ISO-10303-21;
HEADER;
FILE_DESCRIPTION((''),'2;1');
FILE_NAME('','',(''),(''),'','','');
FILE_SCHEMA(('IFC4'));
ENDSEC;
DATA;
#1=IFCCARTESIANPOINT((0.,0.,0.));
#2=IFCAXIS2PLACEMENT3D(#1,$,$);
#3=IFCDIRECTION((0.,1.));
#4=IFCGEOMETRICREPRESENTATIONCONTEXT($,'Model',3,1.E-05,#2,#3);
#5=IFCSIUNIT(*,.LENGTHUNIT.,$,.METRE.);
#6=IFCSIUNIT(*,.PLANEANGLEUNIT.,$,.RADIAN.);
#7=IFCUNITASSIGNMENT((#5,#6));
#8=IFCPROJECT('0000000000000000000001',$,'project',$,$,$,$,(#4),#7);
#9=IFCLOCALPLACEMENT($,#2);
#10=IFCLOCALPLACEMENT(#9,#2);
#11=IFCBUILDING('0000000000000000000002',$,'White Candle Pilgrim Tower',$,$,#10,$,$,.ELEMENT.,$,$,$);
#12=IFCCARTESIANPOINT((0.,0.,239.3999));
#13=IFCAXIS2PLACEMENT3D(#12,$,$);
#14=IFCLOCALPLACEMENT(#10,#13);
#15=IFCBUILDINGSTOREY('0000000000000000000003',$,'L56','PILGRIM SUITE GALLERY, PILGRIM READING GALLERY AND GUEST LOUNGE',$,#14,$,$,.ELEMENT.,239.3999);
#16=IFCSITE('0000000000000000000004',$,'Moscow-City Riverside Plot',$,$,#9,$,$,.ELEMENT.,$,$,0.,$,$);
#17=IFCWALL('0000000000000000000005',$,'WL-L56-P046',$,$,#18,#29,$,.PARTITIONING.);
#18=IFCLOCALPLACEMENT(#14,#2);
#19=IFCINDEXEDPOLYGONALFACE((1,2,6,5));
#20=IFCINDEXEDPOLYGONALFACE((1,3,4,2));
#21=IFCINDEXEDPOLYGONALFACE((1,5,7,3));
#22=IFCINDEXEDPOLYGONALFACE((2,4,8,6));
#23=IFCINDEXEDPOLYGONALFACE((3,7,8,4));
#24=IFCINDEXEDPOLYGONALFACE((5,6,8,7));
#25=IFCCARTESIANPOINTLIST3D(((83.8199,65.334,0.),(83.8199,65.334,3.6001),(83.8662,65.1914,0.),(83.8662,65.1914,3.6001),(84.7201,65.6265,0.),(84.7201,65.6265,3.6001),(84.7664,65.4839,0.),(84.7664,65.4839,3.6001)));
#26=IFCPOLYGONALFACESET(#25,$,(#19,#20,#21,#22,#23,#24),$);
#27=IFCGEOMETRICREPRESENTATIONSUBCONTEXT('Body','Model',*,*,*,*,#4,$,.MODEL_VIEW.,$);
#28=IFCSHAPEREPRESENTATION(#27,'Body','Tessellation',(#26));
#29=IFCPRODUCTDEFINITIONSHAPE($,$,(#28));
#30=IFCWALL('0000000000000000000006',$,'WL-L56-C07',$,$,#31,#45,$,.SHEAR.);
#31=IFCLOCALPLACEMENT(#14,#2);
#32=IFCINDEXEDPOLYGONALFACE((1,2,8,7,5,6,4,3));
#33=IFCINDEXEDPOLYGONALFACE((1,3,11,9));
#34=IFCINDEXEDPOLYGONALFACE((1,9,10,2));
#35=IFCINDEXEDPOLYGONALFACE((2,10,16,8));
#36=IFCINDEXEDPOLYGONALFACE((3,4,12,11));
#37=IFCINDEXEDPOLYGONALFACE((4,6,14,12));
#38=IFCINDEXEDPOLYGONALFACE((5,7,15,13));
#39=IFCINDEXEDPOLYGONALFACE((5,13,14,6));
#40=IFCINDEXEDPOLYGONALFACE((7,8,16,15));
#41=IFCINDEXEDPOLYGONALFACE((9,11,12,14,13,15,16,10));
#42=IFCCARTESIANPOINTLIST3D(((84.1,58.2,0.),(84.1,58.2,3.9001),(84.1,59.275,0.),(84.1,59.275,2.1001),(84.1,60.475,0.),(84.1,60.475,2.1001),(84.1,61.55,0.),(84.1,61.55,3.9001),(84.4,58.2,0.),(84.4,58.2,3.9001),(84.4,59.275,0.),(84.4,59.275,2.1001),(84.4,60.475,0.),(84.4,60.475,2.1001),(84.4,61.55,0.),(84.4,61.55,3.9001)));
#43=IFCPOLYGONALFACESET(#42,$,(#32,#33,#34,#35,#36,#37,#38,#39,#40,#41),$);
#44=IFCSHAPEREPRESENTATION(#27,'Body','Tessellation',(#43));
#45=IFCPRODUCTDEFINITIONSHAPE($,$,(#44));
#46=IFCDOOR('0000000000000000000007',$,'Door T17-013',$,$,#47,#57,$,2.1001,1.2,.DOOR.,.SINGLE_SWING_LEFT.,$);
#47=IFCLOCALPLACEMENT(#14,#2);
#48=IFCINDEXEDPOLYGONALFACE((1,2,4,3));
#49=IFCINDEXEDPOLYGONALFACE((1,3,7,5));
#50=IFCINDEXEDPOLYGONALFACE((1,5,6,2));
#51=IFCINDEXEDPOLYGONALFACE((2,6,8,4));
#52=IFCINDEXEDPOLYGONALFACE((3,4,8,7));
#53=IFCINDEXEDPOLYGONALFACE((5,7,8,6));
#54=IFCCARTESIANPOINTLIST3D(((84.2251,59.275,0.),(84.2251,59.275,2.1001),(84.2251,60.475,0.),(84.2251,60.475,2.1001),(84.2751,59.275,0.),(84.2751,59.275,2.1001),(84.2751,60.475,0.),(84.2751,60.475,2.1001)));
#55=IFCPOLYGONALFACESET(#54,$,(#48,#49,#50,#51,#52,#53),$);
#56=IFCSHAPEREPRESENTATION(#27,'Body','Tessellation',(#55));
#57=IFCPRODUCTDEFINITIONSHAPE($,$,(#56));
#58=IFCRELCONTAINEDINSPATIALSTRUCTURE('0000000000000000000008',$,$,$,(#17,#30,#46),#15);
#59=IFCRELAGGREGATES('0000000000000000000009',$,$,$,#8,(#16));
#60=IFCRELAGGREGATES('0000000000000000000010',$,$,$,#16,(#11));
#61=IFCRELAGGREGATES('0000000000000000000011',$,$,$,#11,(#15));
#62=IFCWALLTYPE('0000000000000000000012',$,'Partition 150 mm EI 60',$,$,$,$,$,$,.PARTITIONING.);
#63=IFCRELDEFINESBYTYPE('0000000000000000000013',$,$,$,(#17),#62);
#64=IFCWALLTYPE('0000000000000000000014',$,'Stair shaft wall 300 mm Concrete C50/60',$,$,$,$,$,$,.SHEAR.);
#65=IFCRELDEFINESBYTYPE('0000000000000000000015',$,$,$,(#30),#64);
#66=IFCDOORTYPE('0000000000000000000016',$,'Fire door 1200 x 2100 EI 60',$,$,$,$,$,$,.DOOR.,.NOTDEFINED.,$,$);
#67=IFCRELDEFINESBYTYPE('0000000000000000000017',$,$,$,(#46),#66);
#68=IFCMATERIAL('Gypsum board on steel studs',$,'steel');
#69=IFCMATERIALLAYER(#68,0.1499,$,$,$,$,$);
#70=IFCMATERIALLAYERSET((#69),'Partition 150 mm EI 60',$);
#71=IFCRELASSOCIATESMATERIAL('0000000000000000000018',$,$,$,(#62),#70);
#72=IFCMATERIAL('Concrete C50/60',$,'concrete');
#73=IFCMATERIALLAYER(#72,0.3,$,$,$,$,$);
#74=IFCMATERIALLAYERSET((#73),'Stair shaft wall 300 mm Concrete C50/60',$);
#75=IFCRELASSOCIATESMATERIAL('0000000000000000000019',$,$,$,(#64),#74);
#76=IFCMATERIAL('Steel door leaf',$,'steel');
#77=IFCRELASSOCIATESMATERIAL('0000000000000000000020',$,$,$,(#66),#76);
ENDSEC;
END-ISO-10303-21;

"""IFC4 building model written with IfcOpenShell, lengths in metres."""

from ifc_helpers import new_model, si_unit, direction, frame, frame_2d, origin, place, context, subcontext, project, spatial, rectangle, extrude, material, layer, layer_set, type_object, element, fill, save


model = new_model("IFC4")

# Units and contexts
model_context = context("Model", 3, precision=1e-05, world=origin(), true_north=direction((0.0, 1.0)))
body_context = subcontext(model_context, "Body", "Model", "MODEL_VIEW")
ifc_project = project(units=[si_unit("LENGTHUNIT", "METRE"), si_unit("PLANEANGLEUNIT", "RADIAN")], contexts=[model_context])

# Site, building, storey
site_placement = place(None, origin())
site = spatial("IfcSite", under=ifc_project, at=site_placement, Name="Moscow-City Riverside Plot", CompositionType="ELEMENT", RefElevation=0.0)
building_placement = place(site_placement, origin())
building = spatial("IfcBuilding", under=site, at=building_placement, Name="White Candle Pilgrim Tower", CompositionType="ELEMENT")
storey_placement = place(building_placement, frame((0.0, 0.0, 239.3999)))
storey = spatial("IfcBuildingStorey", under=building, at=storey_placement, Name="L56", Description="PILGRIM SUITE GALLERY, PILGRIM READING GALLERY AND GUEST LOUNGE", CompositionType="ELEMENT", Elevation=239.3999)

# Shared definitions
ifc_material_1 = material(Name="Concrete C50/60", Category="concrete")

# Shared definitions
ifc_material_2 = material(Name="Gypsum board on steel studs", Category="steel")
ifc_material_3 = material(Name="Steel door leaf", Category="steel")

# Shared definitions
ifc_layer_1 = layer(ifc_material_2, 0.1499)
ifc_layer_set_1 = layer_set([ifc_layer_1], Name="Partition 150 mm EI 60")
wall_type_1 = type_object("IfcWallType", Name="Partition 150 mm EI 60", PredefinedType="PARTITIONING", material=ifc_layer_set_1)

# Wall
wall_1_placement = place(storey_placement, frame((84.7432, 65.5552, 0.0), z_axis=(0.0, 0.0, 1.0), x_axis=(-0.951055, -0.309022, 0.0)))
element("IfcWall", 1, at=wall_1_placement, inside=storey, type_object=wall_type_1, Name="WL-L56-P046", PredefinedType="PARTITIONING", context=body_context, shape_type="SweptSolid", body=[
    extrude(rectangle(XDim=0.9465, YDim=0.1499, at=frame_2d((0.4731, 0.0))), origin(), (0.0, 0.0, 1.0), 3.6001),
])

# Wall, opening, door
ifc_layer_2 = layer(ifc_material_1, 0.3)
ifc_layer_set_2 = layer_set([ifc_layer_2], Name="Stair shaft wall 300 mm Concrete C50/60")
wall_type_2 = type_object("IfcWallType", Name="Stair shaft wall 300 mm Concrete C50/60", PredefinedType="SHEAR", material=ifc_layer_set_2)
wall_2_placement = place(storey_placement, frame((84.25, 58.2, 0.0), z_axis=(0.0, 0.0, 1.0), x_axis=(0.0, 1.0, 0.0)))
wall_2 = element("IfcWall", 2, at=wall_2_placement, inside=storey, type_object=wall_type_2, Name="WL-L56-C07", PredefinedType="SHEAR", context=body_context, shape_type="SweptSolid", body=[
    extrude(rectangle(XDim=3.3501, YDim=0.3, at=frame_2d((1.675, 0.0))), origin(), (0.0, 0.0, 1.0), 3.9001),
])
opening_1_placement = place(wall_2_placement, frame((1.075, 0.0, 0.0)))
opening_1 = element("IfcOpeningElement", 3, at=opening_1_placement, cuts=wall_2, PredefinedType="OPENING", context=body_context, shape_type="SweptSolid", body=[
    extrude(rectangle(XDim=1.2, YDim=2.1001, at=frame_2d((0.6001, 1.05))), frame((0.0, 0.1599, 0.0), z_axis=(0.0, -1.0, 0.0), x_axis=(1.0, 0.0, 0.0)), (0.0, 0.0, 1.0), 0.3201),
])
door_type_1 = type_object("IfcDoorType", Name="Fire door 1200 x 2100 EI 60", OperationType="NOTDEFINED", PredefinedType="DOOR", material=ifc_material_3)
door_1_placement = place(opening_1_placement, origin())
door_1 = element("IfcDoor", 4, at=door_1_placement, inside=storey, type_object=door_type_1, Name="Door T17-013", OperationType="SINGLE_SWING_LEFT", OverallHeight=2.1001, OverallWidth=1.2, PredefinedType="DOOR", context=body_context, shape_type="SweptSolid", body=[
    extrude(rectangle(XDim=1.2, YDim=2.1001, at=frame_2d((0.6001, 1.05))), frame((0.0, 0.0249, 0.0), z_axis=(0.0, -1.0, 0.0), x_axis=(1.0, 0.0, 0.0)), (0.0, 0.0, 1.0), 0.05),
])
fill(opening_1, door_1)

save(model, "model.ifc")
